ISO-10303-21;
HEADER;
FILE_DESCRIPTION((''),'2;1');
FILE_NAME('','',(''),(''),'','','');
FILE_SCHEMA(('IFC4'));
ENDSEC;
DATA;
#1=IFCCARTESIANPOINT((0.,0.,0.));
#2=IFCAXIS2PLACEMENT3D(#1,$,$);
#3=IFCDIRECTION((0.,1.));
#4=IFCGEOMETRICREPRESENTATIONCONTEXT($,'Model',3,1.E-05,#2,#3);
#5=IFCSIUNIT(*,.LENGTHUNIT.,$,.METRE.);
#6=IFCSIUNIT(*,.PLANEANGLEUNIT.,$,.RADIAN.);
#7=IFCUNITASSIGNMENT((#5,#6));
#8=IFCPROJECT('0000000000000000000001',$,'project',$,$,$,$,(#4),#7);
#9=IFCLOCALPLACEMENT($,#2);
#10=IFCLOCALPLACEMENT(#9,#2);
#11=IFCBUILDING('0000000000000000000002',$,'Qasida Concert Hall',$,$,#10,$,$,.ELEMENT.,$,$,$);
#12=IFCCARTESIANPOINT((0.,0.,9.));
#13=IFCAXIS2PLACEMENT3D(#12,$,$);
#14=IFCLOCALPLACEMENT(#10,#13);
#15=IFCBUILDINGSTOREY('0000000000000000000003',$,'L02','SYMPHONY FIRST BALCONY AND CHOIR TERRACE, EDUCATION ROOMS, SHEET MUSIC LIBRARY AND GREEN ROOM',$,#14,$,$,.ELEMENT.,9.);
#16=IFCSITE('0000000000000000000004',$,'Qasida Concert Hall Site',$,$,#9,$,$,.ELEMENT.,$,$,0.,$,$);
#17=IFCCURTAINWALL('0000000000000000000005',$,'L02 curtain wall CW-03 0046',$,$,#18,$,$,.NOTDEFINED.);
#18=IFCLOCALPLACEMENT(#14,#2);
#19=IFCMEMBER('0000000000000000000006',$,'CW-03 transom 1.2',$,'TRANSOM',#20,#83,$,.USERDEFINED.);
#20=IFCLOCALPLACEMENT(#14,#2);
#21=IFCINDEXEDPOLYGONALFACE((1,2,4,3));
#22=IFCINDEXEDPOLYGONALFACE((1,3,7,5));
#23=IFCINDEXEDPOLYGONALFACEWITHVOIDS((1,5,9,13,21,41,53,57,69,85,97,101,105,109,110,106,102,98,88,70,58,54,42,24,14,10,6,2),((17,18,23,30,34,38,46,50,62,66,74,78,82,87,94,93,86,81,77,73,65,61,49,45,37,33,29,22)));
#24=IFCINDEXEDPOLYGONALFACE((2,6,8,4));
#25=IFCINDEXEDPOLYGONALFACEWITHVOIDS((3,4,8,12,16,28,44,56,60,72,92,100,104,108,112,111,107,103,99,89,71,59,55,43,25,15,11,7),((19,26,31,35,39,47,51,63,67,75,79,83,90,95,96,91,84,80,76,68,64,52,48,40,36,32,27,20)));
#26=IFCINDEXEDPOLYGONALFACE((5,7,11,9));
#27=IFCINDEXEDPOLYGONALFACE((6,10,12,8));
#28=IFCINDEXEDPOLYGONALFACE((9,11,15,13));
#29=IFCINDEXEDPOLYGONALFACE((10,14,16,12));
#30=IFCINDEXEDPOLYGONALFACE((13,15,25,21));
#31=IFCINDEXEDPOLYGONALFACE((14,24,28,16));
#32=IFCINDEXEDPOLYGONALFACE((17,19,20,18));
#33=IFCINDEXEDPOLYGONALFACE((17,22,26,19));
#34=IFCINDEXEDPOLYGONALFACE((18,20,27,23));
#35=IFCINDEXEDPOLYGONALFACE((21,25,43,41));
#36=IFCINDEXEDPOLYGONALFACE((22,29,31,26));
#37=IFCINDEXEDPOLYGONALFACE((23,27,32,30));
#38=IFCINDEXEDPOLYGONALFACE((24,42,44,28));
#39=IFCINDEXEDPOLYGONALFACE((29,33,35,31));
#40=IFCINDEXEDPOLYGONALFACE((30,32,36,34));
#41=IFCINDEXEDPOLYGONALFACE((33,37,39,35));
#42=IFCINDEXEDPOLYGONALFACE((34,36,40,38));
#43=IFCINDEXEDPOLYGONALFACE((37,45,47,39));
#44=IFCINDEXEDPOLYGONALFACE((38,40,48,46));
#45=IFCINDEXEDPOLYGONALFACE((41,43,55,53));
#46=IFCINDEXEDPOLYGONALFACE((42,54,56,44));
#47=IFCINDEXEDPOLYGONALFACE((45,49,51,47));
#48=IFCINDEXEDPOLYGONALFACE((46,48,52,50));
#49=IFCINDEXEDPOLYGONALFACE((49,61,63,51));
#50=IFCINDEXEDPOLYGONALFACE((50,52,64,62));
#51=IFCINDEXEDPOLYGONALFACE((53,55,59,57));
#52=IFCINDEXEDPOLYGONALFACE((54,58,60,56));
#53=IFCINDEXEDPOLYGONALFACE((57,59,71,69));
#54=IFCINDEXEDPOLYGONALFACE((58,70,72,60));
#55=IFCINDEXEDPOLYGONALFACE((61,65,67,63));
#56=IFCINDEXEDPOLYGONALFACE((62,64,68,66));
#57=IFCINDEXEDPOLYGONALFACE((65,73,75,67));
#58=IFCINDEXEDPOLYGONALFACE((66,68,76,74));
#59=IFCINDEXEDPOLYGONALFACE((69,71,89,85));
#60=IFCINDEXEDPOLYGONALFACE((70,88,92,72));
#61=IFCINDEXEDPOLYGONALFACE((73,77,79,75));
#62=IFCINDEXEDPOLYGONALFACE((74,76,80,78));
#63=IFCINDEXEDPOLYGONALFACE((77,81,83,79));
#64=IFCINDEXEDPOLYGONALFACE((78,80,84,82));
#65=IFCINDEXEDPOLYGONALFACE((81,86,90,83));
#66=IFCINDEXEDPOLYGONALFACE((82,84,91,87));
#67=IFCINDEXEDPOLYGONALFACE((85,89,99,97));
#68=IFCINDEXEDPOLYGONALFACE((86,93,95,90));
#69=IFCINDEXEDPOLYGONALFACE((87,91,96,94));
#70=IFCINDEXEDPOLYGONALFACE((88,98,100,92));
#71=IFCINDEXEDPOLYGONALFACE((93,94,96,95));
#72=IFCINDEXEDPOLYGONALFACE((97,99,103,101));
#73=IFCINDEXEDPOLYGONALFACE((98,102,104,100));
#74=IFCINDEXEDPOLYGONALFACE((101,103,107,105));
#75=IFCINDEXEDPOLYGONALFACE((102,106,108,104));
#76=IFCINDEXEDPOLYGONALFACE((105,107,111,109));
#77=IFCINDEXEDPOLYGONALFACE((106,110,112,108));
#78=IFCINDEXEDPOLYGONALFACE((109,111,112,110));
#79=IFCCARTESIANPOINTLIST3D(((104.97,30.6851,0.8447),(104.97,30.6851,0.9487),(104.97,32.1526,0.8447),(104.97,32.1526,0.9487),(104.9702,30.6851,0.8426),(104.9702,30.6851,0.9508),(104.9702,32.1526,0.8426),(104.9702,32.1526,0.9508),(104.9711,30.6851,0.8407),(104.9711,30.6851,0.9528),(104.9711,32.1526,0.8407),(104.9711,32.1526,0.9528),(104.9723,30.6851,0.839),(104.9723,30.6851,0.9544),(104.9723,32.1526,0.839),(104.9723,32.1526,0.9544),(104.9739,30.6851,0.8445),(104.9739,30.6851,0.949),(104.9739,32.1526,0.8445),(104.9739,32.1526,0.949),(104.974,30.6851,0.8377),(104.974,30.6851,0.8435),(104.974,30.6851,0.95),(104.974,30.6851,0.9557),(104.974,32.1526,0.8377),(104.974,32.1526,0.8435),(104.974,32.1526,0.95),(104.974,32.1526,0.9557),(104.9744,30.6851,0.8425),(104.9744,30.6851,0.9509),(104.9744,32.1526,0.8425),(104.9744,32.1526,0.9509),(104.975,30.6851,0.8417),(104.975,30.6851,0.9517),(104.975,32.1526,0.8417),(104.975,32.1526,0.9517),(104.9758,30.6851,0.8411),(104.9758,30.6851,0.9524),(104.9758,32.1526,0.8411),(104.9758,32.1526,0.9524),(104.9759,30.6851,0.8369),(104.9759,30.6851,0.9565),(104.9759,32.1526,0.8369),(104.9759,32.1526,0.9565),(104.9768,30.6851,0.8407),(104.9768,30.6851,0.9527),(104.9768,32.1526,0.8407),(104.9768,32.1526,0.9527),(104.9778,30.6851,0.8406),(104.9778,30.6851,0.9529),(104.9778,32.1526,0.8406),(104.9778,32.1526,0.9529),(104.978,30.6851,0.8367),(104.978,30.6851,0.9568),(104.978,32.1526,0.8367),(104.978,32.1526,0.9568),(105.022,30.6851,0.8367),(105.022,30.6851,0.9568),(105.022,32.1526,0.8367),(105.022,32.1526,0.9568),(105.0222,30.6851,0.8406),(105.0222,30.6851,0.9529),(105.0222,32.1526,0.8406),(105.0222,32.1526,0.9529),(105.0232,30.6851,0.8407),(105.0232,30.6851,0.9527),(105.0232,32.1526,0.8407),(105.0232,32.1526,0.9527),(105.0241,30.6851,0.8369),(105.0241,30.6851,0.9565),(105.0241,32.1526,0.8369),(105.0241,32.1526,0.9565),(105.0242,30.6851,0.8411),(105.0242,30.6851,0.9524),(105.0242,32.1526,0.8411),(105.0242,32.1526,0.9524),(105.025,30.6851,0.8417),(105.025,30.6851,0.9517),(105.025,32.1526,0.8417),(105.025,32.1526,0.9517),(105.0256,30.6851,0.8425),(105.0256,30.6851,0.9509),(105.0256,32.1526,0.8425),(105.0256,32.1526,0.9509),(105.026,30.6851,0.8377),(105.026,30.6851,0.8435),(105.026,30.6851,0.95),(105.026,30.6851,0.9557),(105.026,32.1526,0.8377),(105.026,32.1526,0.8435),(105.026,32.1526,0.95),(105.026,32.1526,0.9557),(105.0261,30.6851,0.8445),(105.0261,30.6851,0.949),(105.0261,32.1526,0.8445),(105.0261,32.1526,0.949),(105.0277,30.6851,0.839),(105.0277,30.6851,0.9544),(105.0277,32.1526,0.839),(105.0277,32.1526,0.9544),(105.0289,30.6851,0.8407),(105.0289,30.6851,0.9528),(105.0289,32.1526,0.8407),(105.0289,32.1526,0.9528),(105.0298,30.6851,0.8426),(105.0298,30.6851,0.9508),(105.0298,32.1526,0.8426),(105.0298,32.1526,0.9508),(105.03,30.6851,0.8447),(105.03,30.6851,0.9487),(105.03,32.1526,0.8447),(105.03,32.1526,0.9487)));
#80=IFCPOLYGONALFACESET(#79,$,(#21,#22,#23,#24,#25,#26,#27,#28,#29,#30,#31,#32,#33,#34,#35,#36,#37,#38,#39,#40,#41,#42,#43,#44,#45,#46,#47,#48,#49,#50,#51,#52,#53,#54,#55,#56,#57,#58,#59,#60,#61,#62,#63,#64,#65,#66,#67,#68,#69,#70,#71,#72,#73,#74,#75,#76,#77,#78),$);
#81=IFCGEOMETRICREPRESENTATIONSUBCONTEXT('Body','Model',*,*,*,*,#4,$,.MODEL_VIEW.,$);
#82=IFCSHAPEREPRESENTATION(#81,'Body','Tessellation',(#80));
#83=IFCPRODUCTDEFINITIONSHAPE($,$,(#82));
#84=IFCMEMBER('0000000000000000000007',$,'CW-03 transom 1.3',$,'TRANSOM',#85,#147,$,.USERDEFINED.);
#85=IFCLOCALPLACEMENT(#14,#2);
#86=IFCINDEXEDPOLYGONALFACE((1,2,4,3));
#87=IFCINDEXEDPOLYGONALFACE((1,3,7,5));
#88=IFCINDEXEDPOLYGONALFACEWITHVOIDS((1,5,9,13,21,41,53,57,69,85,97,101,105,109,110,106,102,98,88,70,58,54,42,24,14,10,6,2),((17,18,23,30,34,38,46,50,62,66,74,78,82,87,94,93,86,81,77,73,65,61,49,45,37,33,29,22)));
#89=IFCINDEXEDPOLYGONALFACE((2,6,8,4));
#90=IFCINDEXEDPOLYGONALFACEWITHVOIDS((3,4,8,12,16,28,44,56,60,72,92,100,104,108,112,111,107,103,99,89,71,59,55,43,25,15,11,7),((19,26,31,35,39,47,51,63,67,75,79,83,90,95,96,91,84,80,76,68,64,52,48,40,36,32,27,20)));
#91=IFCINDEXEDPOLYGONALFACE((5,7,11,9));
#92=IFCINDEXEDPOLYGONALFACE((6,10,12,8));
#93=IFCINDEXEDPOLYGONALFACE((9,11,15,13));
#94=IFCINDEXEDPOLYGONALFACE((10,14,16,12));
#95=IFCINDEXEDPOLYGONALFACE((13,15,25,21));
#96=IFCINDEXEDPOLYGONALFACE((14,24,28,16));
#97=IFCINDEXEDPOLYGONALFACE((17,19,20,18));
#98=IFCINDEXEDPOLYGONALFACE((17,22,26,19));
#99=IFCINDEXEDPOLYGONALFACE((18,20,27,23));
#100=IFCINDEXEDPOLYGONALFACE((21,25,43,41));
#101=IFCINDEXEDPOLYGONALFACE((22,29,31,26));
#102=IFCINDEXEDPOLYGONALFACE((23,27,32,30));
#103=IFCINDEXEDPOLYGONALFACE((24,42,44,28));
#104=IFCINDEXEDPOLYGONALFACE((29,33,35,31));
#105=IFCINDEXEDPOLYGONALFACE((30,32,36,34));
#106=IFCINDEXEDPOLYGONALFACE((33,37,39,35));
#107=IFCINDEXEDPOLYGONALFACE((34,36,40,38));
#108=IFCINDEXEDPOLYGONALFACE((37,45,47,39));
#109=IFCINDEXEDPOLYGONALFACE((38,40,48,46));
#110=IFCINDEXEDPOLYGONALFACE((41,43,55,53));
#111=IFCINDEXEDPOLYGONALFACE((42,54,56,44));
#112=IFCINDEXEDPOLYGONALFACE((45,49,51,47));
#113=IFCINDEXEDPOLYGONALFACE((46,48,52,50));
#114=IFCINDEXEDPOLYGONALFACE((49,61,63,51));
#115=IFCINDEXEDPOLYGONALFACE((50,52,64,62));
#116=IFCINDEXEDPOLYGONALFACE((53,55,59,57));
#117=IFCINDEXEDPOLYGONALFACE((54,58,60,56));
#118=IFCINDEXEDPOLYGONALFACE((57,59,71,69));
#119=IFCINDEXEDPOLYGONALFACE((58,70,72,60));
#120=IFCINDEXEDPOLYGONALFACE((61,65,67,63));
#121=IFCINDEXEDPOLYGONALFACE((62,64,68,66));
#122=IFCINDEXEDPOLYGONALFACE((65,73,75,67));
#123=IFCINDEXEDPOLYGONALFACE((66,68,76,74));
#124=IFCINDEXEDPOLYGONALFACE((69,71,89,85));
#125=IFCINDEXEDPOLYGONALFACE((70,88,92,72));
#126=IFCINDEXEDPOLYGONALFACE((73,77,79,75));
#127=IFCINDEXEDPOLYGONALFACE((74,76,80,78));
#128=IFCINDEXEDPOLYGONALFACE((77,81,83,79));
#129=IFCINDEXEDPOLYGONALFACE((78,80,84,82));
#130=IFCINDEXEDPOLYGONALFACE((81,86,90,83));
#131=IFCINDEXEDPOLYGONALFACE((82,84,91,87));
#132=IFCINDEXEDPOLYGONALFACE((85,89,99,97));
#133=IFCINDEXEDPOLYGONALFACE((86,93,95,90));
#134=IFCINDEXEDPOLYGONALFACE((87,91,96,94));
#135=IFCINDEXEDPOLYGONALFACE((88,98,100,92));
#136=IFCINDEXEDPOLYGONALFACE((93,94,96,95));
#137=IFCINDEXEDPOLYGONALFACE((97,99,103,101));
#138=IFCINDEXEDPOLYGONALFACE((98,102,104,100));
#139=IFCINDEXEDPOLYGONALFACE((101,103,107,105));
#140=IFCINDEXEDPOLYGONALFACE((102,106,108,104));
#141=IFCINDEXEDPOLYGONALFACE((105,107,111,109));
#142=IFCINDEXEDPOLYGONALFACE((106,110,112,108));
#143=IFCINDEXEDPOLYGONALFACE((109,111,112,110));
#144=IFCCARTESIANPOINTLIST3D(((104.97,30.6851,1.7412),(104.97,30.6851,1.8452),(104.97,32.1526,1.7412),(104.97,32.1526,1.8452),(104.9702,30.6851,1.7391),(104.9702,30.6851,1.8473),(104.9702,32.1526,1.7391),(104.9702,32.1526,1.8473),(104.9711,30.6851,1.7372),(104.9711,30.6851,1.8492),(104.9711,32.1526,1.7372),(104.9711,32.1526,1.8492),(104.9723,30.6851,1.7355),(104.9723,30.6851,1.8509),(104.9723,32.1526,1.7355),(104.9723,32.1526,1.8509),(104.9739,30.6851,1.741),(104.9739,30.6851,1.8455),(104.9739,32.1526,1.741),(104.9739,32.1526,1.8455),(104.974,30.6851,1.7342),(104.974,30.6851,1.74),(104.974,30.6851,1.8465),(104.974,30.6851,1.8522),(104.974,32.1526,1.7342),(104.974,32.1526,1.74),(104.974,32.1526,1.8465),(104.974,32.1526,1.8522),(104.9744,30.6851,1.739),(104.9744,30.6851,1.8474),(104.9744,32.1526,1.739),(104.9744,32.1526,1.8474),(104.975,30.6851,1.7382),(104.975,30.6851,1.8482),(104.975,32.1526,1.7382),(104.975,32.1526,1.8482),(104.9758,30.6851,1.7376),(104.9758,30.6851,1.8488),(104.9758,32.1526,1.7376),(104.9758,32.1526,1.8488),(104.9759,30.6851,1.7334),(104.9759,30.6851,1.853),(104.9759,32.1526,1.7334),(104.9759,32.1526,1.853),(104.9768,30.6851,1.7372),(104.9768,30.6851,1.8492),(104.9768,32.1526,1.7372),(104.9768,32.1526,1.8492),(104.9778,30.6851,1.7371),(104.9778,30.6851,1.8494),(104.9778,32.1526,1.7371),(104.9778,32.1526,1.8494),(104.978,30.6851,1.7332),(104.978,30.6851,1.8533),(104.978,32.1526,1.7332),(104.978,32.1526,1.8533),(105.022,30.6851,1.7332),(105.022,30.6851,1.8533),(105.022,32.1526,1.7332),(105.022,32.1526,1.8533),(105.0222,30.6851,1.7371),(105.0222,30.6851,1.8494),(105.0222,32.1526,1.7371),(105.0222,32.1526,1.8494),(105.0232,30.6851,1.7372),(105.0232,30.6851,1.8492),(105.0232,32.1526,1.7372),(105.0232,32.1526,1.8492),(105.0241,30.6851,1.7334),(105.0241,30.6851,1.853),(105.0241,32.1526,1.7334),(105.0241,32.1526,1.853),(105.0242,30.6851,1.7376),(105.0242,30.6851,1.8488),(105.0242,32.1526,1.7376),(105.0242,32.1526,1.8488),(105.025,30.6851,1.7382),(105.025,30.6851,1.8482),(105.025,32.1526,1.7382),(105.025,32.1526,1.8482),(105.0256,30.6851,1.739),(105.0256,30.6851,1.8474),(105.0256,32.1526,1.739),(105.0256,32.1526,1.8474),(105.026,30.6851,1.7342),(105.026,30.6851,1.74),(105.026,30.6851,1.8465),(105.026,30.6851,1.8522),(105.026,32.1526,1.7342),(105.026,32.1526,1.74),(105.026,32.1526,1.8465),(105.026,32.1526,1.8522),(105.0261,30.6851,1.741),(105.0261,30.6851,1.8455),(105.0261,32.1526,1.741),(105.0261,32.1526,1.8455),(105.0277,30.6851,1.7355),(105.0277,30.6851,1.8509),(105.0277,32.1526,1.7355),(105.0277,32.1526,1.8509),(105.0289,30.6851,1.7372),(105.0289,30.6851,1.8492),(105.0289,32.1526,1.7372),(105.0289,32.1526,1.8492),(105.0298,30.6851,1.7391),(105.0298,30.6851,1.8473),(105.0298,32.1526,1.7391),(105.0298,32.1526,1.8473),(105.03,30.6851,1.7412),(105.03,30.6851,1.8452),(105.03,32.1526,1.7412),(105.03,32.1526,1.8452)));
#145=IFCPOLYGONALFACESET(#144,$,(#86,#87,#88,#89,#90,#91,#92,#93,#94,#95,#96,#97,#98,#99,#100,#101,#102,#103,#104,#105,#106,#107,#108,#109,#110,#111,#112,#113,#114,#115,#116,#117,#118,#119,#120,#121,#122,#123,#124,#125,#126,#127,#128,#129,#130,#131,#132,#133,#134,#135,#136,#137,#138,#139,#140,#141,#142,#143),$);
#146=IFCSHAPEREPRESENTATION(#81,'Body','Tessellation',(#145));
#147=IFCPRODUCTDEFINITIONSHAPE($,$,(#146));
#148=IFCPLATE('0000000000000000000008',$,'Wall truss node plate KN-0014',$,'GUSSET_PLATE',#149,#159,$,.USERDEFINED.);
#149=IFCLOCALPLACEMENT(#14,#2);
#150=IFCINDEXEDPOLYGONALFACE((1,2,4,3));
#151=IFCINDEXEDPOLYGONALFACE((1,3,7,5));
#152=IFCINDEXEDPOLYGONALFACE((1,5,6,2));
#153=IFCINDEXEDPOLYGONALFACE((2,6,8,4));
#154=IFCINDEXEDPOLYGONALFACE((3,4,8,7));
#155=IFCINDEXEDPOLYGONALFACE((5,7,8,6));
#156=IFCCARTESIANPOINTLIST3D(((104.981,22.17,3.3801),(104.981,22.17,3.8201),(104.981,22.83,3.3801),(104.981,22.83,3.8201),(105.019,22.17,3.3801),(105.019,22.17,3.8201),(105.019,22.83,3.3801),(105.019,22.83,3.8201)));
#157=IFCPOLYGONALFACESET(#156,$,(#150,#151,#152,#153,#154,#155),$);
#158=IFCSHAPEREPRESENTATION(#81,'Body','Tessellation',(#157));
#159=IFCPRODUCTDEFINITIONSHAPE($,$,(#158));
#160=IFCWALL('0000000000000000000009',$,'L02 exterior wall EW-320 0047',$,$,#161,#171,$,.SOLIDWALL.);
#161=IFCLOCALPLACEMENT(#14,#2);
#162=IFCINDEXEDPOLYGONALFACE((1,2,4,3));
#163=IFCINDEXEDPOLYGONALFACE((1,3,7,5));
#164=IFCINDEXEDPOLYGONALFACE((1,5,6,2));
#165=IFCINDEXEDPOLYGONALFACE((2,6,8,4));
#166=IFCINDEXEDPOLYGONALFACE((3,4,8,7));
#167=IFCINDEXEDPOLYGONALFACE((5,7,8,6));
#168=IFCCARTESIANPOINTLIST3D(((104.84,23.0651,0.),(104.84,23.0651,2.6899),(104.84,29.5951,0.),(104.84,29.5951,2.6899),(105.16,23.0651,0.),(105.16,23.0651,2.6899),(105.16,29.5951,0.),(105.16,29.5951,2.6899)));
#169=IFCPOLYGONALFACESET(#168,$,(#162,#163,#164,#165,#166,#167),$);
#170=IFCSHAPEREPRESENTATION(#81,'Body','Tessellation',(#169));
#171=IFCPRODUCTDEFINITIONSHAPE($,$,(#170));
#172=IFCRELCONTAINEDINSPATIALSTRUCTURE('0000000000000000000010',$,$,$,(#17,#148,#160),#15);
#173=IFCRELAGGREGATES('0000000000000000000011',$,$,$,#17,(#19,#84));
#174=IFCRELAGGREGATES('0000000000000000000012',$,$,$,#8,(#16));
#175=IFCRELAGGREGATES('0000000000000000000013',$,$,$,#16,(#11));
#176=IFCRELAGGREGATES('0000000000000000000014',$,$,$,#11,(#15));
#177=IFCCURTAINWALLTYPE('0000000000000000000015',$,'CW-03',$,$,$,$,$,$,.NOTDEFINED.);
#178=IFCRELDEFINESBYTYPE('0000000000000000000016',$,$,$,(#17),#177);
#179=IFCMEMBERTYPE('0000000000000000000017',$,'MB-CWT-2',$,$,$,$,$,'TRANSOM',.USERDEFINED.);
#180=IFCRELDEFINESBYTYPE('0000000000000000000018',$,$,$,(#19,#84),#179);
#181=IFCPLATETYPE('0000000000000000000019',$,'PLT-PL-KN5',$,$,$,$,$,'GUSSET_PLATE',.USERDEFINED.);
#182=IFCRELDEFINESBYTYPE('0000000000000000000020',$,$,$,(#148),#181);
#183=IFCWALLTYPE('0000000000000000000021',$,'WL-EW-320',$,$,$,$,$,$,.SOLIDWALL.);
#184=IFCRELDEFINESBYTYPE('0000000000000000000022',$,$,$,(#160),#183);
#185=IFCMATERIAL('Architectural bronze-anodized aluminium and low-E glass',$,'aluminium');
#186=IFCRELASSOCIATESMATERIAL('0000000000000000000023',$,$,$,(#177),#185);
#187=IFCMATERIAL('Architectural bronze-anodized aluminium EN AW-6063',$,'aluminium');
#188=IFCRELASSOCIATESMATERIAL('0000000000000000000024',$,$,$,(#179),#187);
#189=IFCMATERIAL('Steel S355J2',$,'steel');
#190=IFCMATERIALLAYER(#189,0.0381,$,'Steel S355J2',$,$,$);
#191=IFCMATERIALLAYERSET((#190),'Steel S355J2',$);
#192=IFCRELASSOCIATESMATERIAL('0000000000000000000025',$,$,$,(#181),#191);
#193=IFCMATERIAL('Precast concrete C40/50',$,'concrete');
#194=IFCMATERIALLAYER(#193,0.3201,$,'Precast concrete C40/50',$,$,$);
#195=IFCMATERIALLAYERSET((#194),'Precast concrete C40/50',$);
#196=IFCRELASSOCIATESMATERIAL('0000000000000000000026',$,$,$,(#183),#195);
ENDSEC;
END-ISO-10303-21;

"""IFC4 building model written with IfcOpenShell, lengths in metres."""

from ifc_helpers import new_model, si_unit, direction, frame, frame_2d, origin, origin_2d, place, context, subcontext, project, spatial, rectangle, hollow_rectangle, extrude, material, layer, layer_set, material_profile, profile_set, type_object, element, aggregate, save


model = new_model("IFC4")

# Units and contexts
model_context = context("Model", 3, precision=1e-05, world=origin(), true_north=direction((0.0, 1.0)))
body_context = subcontext(model_context, "Body", "Model", "MODEL_VIEW")
ifc_project = project(units=[si_unit("LENGTHUNIT", "METRE"), si_unit("PLANEANGLEUNIT", "RADIAN")], contexts=[model_context])

# Site, building, storey
site_placement = place(None, origin())
site = spatial("IfcSite", under=ifc_project, at=site_placement, Name="Qasida Concert Hall Site", CompositionType="ELEMENT", RefElevation=0.0)
building_placement = place(site_placement, origin())
building = spatial("IfcBuilding", under=site, at=building_placement, Name="Qasida Concert Hall", CompositionType="ELEMENT")
storey_placement = place(building_placement, frame((0.0, 0.0, 9.0)))
storey = spatial("IfcBuildingStorey", under=building, at=storey_placement, Name="L02", Description="SYMPHONY FIRST BALCONY AND CHOIR TERRACE, EDUCATION ROOMS, SHEET MUSIC LIBRARY AND GREEN ROOM", CompositionType="ELEMENT", Elevation=9.0)

# Shared definitions
ifc_material_1 = material(Name="Steel S355J2", Category="steel")

# Curtain wall, members
ifc_material_2 = material(Name="Architectural bronze-anodized aluminium and low-E glass", Category="aluminium")
curtain_wall_type = type_object("IfcCurtainWallType", Name="CW-03", PredefinedType="NOTDEFINED", material=ifc_material_2)
curtain_wall_placement = place(storey_placement, origin())
curtain_wall = element("IfcCurtainWall", 1, at=curtain_wall_placement, inside=storey, type_object=curtain_wall_type, Name="L02 curtain wall CW-03 0046", PredefinedType="NOTDEFINED")
ifc_material_3 = material(Name="Architectural bronze-anodized aluminium EN AW-6063", Category="aluminium")
ifc_material_profile_1 = material_profile(ifc_material_3, hollow_rectangle(XDim=0.0601, YDim=0.1201, WallThickness=0.0039, InnerFilletRadius=0.0039, OuterFilletRadius=0.0081, at=origin_2d()), Name="CWT 120x60x4")
ifc_profile_set_1 = profile_set([ifc_material_profile_1], Name="Architectural bronze-anodized aluminium EN AW-6063")
member_type_1 = type_object("IfcMemberType", Name="MB-CWT-2", ElementType="TRANSOM", PredefinedType="USERDEFINED", material=ifc_profile_set_1)
member_1_placement = place(storey_placement, frame((105.0, 30.6851, 0.8967), z_axis=(0.0, 1.0, 0.0), x_axis=(-1.0, 0.0, 0.0)))
member_1 = element("IfcMember", 2, at=member_1_placement, type_object=member_type_1, Name="CW-03 transom 1.2", ObjectType="TRANSOM", PredefinedType="USERDEFINED", context=body_context, shape_type="SweptSolid", body=[
    extrude(hollow_rectangle(XDim=0.0601, YDim=0.1201, WallThickness=0.0039, InnerFilletRadius=0.0039, OuterFilletRadius=0.0081, at=origin_2d()), origin(), (0.0, 0.0, 1.0), 1.4675),
])
member_2_placement = place(storey_placement, frame((105.0, 30.6851, 1.7932), z_axis=(0.0, 1.0, 0.0), x_axis=(-1.0, 0.0, 0.0)))
member_2 = element("IfcMember", 3, at=member_2_placement, type_object=member_type_1, Name="CW-03 transom 1.3", ObjectType="TRANSOM", PredefinedType="USERDEFINED", context=body_context, shape_type="SweptSolid", body=[
    extrude(hollow_rectangle(XDim=0.0601, YDim=0.1201, WallThickness=0.0039, InnerFilletRadius=0.0039, OuterFilletRadius=0.0081, at=origin_2d()), origin(), (0.0, 0.0, 1.0), 1.4675),
])
aggregate(curtain_wall, [member_1, member_2])

# Plate
ifc_layer_1 = layer(ifc_material_1, 0.0381, Name="Steel S355J2")
ifc_layer_set_1 = layer_set([ifc_layer_1], Name="Steel S355J2")
plate_type = type_object("IfcPlateType", Name="PLT-PL-KN5", ElementType="GUSSET_PLATE", PredefinedType="USERDEFINED", material=ifc_layer_set_1)
plate_placement = place(storey_placement, frame((105.0, 22.5, 3.3801), z_axis=(0.0, 0.0, 1.0), x_axis=(1.0, 0.0, 0.0)))
element("IfcPlate", 4, at=plate_placement, inside=storey, type_object=plate_type, Name="Wall truss node plate KN-0014", ObjectType="GUSSET_PLATE", PredefinedType="USERDEFINED", context=body_context, shape_type="SweptSolid", body=[
    extrude(rectangle(XDim=0.0381, YDim=0.6599, at=origin_2d()), origin(), (0.0, 0.0, 1.0), 0.4399),
])

# Wall
ifc_material_4 = material(Name="Precast concrete C40/50", Category="concrete")
ifc_layer_2 = layer(ifc_material_4, 0.3201, Name="Precast concrete C40/50")
ifc_layer_set_2 = layer_set([ifc_layer_2], Name="Precast concrete C40/50")
wall_type_1 = type_object("IfcWallType", Name="WL-EW-320", PredefinedType="SOLIDWALL", material=ifc_layer_set_2)
wall_1_placement = place(storey_placement, frame((105.0, 23.0649, 0.0), z_axis=(0.0, 0.0, 1.0), x_axis=(0.0, 1.0, 0.0)))
element("IfcWall", 5, at=wall_1_placement, inside=storey, type_object=wall_type_1, Name="L02 exterior wall EW-320 0047", PredefinedType="SOLIDWALL", context=body_context, shape_type="SweptSolid", body=[
    extrude(rectangle(XDim=6.53, YDim=0.3201, at=frame_2d((3.2651, 0.0))), origin(), (0.0, 0.0, 1.0), 2.6899),
])

save(model, "model.ifc")
